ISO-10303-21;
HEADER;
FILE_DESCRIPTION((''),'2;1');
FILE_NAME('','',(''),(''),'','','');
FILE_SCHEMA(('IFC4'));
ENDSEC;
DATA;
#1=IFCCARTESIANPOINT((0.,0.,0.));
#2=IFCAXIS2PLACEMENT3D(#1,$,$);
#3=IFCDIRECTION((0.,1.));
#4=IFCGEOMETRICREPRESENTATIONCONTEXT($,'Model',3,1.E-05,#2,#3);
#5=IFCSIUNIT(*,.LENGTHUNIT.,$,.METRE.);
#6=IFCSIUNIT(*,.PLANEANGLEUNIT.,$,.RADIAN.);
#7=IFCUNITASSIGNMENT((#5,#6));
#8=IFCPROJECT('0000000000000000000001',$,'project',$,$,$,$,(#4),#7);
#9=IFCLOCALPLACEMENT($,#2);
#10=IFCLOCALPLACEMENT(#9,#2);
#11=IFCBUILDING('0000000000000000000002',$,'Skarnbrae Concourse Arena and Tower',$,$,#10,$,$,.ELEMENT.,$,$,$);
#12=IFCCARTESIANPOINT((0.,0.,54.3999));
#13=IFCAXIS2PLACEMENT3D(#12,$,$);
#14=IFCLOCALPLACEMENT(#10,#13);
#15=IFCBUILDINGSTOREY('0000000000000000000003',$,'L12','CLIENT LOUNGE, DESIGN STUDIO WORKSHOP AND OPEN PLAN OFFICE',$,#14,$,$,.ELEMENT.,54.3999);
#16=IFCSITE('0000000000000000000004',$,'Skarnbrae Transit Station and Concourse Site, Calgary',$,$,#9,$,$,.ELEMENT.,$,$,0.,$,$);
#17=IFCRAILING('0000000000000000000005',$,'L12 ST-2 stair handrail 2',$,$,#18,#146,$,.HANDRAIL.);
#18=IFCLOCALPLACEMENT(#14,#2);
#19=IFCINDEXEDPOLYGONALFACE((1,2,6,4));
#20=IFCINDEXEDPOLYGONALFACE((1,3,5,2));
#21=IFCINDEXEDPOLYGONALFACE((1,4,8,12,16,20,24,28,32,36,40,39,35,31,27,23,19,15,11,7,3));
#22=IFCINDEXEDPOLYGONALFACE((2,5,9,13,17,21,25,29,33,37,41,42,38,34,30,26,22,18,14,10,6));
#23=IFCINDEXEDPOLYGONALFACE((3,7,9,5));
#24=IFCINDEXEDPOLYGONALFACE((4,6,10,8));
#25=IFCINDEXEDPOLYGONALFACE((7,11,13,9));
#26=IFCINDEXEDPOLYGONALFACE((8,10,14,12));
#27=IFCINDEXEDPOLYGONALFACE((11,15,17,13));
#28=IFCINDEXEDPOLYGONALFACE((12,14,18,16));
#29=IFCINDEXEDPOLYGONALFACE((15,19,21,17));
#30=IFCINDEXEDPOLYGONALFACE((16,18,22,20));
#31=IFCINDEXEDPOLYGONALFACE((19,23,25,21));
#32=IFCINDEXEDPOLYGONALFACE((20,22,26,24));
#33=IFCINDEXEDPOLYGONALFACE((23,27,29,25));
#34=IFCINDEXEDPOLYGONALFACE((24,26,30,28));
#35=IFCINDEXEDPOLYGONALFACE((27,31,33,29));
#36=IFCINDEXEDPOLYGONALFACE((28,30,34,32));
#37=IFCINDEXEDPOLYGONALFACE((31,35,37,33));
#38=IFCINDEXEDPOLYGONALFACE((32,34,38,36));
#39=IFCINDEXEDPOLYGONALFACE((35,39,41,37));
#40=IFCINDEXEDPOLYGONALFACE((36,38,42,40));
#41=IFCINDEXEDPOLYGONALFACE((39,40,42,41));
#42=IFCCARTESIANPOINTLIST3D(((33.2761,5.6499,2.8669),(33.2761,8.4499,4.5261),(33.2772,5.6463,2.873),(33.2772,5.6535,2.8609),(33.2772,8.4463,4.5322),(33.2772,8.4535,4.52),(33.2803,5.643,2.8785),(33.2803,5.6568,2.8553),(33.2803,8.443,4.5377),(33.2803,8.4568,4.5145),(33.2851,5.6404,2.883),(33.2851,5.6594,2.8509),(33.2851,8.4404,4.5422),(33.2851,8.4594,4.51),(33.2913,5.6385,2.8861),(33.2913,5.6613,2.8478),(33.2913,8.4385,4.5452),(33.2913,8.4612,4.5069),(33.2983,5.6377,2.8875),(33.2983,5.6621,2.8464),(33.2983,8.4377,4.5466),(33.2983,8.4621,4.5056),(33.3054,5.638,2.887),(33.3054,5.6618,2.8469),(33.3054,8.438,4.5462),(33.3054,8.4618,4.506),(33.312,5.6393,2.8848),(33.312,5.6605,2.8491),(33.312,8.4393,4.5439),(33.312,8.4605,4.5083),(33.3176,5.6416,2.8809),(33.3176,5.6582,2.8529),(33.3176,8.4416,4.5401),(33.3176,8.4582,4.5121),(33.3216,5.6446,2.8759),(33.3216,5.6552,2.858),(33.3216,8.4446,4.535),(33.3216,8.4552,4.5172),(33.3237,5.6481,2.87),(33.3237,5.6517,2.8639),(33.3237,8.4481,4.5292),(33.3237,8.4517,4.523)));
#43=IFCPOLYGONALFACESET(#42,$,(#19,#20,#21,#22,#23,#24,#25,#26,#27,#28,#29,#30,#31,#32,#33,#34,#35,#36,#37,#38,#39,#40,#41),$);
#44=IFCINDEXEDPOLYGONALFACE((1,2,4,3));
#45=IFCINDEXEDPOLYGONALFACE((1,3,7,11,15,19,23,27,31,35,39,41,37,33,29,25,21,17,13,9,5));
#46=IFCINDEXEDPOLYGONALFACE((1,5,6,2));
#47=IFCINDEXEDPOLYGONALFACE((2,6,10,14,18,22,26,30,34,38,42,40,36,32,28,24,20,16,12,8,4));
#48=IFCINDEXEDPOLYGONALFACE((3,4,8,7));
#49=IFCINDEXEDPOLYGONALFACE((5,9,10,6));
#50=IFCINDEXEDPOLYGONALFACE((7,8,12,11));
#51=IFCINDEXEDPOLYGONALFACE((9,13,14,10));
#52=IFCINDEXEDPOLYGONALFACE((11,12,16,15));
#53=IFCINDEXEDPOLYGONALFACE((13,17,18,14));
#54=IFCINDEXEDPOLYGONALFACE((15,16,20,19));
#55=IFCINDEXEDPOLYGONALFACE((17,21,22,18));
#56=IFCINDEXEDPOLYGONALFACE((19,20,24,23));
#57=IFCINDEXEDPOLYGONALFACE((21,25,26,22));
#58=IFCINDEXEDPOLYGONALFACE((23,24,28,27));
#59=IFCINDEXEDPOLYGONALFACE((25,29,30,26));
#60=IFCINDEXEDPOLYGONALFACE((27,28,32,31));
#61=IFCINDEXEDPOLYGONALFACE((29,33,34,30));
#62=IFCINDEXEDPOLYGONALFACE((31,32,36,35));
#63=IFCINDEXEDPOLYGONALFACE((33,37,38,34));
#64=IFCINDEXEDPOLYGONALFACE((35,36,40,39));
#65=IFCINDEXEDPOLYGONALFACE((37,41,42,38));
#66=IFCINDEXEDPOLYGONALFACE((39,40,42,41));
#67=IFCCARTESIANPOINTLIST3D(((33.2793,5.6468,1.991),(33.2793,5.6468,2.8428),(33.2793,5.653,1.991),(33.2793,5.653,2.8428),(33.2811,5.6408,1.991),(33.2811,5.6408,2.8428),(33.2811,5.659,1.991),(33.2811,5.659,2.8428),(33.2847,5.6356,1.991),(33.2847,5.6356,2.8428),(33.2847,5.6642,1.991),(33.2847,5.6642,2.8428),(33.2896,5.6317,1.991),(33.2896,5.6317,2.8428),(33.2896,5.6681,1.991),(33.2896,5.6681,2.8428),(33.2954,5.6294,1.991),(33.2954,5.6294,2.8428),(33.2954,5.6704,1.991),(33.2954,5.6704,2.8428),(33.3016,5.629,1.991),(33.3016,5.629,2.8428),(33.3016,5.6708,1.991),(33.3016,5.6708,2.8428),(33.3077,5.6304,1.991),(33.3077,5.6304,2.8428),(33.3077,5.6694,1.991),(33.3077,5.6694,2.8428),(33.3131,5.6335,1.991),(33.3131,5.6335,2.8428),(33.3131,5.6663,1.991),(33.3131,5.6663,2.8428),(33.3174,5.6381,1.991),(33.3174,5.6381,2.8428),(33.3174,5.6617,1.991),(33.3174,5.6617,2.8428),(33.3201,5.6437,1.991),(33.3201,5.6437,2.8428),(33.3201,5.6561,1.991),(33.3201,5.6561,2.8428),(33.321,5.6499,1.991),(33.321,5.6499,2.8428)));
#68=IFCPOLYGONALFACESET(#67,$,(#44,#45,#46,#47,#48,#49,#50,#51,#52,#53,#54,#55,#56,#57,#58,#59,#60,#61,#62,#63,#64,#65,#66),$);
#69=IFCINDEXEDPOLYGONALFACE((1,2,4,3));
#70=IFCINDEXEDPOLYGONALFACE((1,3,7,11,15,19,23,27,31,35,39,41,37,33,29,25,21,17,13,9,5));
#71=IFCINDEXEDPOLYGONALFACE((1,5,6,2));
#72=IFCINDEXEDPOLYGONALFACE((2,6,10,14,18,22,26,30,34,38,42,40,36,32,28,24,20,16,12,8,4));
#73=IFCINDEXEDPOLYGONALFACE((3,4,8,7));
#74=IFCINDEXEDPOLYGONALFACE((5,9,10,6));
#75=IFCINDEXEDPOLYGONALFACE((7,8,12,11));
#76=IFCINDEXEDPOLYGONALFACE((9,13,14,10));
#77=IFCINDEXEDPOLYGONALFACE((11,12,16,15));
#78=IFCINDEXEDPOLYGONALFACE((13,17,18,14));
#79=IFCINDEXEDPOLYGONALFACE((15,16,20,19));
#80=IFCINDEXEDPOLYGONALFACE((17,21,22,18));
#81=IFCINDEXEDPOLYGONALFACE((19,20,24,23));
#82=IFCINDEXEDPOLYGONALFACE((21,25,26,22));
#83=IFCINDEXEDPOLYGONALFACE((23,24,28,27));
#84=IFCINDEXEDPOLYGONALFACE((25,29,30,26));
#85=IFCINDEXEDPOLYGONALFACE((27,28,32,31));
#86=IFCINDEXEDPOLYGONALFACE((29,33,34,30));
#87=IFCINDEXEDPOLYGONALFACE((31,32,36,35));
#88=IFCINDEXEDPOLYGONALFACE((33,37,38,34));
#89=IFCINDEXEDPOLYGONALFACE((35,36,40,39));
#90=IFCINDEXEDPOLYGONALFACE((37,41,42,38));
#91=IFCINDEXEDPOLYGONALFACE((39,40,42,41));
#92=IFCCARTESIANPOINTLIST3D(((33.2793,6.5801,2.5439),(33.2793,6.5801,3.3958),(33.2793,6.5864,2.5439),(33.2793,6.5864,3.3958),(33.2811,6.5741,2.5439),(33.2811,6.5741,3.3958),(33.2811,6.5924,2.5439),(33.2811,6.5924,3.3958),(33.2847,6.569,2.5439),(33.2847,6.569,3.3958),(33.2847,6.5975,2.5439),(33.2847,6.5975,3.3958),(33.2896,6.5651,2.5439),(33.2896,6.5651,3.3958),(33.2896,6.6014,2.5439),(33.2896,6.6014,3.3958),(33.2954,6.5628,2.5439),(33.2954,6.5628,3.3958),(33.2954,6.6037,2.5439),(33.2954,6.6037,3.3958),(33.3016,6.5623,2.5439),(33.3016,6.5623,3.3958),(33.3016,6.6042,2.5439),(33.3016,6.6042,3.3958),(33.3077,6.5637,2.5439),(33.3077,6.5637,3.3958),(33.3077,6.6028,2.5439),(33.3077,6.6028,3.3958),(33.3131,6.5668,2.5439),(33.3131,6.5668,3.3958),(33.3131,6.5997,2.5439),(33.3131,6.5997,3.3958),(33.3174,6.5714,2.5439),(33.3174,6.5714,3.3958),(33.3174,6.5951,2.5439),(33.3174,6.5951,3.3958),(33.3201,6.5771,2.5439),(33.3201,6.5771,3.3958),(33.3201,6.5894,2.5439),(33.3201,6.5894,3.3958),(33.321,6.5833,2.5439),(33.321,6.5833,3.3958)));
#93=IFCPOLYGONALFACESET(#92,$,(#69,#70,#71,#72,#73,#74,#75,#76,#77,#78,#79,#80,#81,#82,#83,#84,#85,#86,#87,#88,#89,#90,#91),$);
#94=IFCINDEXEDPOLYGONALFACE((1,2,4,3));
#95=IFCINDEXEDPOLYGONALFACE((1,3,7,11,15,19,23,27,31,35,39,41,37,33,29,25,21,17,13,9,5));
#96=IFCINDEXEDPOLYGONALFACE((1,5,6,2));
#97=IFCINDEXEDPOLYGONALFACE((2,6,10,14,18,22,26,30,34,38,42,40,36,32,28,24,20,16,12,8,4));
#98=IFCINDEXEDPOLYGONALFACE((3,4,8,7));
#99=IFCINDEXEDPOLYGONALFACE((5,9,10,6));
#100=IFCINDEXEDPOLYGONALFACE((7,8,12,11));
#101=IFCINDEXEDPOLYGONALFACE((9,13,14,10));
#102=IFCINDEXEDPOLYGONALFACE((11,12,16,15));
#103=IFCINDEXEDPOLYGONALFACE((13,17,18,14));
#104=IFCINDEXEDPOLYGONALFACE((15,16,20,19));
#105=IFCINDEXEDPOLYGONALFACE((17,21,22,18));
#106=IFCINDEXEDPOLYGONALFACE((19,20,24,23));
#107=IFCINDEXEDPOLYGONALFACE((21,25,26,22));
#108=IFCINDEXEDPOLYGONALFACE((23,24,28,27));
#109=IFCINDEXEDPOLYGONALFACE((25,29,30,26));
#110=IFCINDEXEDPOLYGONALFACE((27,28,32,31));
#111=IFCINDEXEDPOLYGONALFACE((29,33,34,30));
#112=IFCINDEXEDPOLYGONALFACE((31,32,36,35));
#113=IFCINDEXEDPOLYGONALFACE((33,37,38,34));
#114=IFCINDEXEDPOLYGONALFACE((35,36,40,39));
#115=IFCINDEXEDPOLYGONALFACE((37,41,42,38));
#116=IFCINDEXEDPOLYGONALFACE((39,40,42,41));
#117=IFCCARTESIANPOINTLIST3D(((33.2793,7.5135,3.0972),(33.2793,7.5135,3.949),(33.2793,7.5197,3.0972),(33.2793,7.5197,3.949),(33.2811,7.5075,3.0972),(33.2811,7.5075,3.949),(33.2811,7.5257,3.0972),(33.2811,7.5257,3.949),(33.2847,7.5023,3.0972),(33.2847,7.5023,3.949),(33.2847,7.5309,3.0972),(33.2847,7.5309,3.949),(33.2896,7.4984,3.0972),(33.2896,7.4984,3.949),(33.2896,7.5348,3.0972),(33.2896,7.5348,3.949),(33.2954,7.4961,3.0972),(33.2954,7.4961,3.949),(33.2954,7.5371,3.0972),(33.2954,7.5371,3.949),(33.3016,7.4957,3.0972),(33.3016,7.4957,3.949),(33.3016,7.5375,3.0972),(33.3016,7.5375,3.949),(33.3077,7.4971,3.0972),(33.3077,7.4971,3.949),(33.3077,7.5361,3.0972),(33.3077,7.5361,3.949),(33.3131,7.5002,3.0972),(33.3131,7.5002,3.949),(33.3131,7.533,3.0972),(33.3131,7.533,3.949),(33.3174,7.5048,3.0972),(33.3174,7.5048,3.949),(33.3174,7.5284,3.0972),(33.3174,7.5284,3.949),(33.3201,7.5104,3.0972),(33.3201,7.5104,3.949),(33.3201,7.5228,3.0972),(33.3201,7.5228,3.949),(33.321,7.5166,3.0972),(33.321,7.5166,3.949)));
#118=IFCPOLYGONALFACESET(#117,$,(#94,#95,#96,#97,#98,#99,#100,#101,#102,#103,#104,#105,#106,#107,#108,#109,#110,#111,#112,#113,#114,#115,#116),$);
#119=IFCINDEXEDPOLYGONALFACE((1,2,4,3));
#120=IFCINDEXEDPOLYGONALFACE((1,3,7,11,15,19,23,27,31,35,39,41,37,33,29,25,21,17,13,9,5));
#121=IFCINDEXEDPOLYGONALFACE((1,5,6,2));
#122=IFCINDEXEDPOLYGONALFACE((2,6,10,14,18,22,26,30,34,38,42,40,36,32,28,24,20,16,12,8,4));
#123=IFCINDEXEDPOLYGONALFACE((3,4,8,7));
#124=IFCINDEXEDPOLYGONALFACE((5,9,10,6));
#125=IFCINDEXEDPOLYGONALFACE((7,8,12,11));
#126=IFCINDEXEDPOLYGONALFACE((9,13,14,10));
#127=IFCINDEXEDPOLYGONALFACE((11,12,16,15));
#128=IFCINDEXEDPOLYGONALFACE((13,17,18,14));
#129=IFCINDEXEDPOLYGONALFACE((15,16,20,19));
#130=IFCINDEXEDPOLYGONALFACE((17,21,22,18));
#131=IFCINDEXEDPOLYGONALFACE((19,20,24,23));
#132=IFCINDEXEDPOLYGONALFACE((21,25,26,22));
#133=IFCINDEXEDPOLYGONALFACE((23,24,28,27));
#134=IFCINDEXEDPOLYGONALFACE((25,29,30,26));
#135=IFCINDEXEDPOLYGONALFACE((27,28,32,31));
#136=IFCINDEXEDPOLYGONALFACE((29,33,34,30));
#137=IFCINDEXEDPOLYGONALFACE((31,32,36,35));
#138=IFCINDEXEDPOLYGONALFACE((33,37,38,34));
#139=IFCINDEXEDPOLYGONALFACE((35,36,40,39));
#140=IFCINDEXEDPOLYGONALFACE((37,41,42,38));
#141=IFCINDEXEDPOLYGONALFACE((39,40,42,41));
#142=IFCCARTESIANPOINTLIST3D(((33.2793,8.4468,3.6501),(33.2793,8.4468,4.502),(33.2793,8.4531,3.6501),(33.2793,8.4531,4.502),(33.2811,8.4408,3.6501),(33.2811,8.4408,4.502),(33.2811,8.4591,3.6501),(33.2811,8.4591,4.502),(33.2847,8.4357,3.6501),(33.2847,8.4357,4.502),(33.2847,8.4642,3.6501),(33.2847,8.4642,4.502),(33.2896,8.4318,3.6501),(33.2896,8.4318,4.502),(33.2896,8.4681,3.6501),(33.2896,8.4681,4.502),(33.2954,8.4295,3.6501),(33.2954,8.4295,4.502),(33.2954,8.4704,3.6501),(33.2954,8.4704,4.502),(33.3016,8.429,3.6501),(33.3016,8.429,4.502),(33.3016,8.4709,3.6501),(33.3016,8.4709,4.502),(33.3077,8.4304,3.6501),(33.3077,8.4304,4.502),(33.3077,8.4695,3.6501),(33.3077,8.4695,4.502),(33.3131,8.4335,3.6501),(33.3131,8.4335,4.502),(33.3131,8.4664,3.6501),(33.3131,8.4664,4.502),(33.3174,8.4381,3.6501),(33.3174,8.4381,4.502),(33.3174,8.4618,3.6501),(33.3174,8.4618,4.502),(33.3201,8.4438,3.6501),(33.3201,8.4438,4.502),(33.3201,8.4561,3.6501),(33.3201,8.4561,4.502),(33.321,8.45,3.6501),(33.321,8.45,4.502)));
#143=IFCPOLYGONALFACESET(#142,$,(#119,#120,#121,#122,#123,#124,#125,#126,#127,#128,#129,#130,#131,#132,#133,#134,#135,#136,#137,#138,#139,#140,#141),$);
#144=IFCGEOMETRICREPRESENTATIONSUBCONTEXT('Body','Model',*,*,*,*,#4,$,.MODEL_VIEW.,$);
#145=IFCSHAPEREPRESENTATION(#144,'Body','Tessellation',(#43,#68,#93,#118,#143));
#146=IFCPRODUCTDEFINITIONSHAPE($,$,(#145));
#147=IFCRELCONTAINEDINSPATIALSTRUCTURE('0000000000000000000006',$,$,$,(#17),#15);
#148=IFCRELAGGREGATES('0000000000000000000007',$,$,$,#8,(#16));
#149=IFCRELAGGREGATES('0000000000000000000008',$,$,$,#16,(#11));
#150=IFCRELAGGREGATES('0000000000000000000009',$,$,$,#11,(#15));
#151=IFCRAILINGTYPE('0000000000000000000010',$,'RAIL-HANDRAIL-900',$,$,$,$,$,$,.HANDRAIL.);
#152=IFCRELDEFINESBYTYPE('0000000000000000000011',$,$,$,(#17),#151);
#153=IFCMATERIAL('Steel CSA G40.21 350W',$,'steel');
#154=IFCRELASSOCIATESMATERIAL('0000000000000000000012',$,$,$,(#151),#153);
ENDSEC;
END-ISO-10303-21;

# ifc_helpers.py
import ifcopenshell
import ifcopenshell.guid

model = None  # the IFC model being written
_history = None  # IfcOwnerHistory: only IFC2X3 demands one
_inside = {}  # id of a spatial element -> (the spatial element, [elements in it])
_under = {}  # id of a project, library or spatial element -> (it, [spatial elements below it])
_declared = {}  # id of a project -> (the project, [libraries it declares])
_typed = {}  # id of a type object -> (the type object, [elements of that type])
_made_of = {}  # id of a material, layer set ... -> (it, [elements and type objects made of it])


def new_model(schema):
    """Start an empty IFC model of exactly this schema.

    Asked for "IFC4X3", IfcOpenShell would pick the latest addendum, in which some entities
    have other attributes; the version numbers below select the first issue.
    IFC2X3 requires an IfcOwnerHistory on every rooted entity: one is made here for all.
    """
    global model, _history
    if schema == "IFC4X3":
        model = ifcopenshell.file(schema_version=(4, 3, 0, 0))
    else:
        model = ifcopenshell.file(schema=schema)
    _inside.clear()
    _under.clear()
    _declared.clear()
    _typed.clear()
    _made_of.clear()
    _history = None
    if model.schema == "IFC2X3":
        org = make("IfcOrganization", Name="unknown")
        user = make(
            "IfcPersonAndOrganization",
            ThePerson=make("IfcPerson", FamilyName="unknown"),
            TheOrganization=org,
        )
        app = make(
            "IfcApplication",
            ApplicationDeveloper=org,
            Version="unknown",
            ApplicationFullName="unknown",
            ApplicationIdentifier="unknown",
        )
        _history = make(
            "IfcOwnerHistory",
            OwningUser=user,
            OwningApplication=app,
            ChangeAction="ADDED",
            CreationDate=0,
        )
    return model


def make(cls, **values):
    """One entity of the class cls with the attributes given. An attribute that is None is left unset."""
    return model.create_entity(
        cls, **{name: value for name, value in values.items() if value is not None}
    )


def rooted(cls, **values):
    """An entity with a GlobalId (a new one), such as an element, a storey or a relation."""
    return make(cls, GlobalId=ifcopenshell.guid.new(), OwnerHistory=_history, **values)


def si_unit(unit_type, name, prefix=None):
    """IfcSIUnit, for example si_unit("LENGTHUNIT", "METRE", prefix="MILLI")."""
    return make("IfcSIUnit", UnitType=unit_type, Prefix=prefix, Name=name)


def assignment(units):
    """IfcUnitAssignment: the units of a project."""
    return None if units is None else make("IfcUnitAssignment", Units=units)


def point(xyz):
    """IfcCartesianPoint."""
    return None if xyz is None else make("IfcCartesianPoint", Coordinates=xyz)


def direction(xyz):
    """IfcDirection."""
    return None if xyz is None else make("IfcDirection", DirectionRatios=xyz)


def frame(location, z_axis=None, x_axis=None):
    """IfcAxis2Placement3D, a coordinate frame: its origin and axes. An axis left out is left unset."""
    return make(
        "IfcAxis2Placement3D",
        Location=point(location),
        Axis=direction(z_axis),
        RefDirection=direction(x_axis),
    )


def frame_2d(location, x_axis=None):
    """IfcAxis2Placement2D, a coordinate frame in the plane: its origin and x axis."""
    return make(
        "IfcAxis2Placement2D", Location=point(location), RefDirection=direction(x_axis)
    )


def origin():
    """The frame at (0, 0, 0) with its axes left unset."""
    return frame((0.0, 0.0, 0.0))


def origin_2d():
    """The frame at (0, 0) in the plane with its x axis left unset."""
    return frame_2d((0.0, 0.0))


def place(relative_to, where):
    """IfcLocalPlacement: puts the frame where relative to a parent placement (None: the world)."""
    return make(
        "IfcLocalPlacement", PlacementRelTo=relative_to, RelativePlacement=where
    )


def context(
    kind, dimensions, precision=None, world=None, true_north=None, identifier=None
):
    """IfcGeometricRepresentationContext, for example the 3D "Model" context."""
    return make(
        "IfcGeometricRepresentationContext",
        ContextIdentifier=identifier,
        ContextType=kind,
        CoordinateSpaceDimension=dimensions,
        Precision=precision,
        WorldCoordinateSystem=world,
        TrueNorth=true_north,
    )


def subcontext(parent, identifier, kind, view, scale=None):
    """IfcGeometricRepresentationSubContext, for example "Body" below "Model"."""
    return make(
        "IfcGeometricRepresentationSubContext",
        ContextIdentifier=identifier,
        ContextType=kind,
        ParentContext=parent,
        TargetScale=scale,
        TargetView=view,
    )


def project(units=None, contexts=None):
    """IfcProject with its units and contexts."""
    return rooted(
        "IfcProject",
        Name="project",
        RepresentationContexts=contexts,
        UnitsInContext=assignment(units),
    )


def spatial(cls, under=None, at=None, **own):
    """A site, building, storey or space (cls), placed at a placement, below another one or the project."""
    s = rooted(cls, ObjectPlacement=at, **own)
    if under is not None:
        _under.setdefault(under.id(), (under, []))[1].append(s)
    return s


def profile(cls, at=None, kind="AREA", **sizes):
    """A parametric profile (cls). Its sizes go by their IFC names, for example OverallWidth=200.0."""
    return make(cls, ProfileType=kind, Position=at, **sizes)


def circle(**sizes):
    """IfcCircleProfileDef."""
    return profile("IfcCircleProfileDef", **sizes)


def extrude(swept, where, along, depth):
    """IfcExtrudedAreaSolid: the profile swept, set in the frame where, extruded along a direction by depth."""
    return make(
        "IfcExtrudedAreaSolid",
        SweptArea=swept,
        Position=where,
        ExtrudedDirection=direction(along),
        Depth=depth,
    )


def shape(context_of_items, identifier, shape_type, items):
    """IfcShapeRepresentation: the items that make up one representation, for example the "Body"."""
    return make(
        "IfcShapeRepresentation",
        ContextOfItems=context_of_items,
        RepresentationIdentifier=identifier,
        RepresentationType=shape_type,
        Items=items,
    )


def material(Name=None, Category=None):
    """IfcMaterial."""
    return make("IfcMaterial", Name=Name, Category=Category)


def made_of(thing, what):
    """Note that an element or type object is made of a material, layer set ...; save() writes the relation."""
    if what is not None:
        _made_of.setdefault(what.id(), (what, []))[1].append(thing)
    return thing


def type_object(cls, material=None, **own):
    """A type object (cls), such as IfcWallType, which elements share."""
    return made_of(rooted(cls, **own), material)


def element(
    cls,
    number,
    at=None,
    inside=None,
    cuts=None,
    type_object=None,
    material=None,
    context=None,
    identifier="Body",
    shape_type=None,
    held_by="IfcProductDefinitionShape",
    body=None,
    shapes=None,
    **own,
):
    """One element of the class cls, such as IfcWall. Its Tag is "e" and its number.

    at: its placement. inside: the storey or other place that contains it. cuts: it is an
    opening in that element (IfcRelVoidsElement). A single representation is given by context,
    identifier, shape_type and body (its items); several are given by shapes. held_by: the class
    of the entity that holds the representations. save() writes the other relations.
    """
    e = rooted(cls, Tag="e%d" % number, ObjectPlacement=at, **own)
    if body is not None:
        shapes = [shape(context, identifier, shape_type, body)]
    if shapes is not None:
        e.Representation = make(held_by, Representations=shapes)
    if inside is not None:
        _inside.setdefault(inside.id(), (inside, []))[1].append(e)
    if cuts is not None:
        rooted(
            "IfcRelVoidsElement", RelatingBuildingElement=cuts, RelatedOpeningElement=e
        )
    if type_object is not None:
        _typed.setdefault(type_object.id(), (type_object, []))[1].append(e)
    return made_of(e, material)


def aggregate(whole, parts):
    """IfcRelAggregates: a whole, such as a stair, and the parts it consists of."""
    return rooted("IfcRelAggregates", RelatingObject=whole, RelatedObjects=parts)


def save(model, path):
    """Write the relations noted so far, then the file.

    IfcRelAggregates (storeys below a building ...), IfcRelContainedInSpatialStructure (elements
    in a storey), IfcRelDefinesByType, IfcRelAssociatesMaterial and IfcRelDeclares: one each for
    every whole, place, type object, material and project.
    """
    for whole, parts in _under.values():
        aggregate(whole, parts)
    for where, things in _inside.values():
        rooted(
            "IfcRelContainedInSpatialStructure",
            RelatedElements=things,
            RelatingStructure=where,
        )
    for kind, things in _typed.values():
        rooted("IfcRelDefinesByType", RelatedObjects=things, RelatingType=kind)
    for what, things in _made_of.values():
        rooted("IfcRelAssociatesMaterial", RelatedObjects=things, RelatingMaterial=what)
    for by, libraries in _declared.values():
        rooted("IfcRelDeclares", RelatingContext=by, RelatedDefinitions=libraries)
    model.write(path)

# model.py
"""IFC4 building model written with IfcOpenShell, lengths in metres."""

from ifc_helpers import new_model, si_unit, direction, frame, origin, origin_2d, place, context, subcontext, project, spatial, circle, extrude, material, type_object, element, save


model = new_model("IFC4")

# Units and contexts
model_context = context("Model", 3, precision=1e-05, world=origin(), true_north=direction((0.0, 1.0)))
body_context = subcontext(model_context, "Body", "Model", "MODEL_VIEW")
ifc_project = project(units=[si_unit("LENGTHUNIT", "METRE"), si_unit("PLANEANGLEUNIT", "RADIAN")], contexts=[model_context])

# Site, building, storey
site_placement = place(None, origin())
site = spatial("IfcSite", under=ifc_project, at=site_placement, Name="Skarnbrae Transit Station and Concourse Site, Calgary", CompositionType="ELEMENT", RefElevation=0.0)
building_placement = place(site_placement, origin())
building = spatial("IfcBuilding", under=site, at=building_placement, Name="Skarnbrae Concourse Arena and Tower", CompositionType="ELEMENT")
storey_placement = place(building_placement, frame((0.0, 0.0, 54.3999)))
storey = spatial("IfcBuildingStorey", under=building, at=storey_placement, Name="L12", Description="CLIENT LOUNGE, DESIGN STUDIO WORKSHOP AND OPEN PLAN OFFICE", CompositionType="ELEMENT", Elevation=54.3999)

# Shared definitions
ifc_material_1 = material(Name="Steel CSA G40.21 350W", Category="steel")

# Railing
railing_type_1 = type_object("IfcRailingType", Name="RAIL-HANDRAIL-900", PredefinedType="HANDRAIL", material=ifc_material_1)
railing_1_placement = place(storey_placement, frame((33.3, 5.6499, 1.991)))
element("IfcRailing", 1, at=railing_1_placement, inside=storey, type_object=railing_type_1, Name="L12 ST-2 stair handrail 2", PredefinedType="HANDRAIL", context=body_context, shape_type="SweptSolid", body=[
    extrude(circle(Radius=0.0239, at=origin_2d()), frame((0.0, 0.0, 0.876), z_axis=(0.0, 0.860306, 0.509778), x_axis=(-1.0, 0.0, 0.0)), (0.0, 0.0, 1.0), 3.2546),
    extrude(circle(Radius=0.021, at=origin_2d()), origin(), (0.0, 0.0, 1.0), 0.8518),
    extrude(circle(Radius=0.021, at=origin_2d()), frame((0.0, 0.9333, 0.553)), (0.0, 0.0, 1.0), 0.8518),
    extrude(circle(Radius=0.021, at=origin_2d()), frame((0.0, 1.8667, 1.1062)), (0.0, 0.0, 1.0), 0.8518),
    extrude(circle(Radius=0.021, at=origin_2d()), frame((0.0, 2.8, 1.6592)), (0.0, 0.0, 1.0), 0.8518),
])

save(model, "model.ifc")
